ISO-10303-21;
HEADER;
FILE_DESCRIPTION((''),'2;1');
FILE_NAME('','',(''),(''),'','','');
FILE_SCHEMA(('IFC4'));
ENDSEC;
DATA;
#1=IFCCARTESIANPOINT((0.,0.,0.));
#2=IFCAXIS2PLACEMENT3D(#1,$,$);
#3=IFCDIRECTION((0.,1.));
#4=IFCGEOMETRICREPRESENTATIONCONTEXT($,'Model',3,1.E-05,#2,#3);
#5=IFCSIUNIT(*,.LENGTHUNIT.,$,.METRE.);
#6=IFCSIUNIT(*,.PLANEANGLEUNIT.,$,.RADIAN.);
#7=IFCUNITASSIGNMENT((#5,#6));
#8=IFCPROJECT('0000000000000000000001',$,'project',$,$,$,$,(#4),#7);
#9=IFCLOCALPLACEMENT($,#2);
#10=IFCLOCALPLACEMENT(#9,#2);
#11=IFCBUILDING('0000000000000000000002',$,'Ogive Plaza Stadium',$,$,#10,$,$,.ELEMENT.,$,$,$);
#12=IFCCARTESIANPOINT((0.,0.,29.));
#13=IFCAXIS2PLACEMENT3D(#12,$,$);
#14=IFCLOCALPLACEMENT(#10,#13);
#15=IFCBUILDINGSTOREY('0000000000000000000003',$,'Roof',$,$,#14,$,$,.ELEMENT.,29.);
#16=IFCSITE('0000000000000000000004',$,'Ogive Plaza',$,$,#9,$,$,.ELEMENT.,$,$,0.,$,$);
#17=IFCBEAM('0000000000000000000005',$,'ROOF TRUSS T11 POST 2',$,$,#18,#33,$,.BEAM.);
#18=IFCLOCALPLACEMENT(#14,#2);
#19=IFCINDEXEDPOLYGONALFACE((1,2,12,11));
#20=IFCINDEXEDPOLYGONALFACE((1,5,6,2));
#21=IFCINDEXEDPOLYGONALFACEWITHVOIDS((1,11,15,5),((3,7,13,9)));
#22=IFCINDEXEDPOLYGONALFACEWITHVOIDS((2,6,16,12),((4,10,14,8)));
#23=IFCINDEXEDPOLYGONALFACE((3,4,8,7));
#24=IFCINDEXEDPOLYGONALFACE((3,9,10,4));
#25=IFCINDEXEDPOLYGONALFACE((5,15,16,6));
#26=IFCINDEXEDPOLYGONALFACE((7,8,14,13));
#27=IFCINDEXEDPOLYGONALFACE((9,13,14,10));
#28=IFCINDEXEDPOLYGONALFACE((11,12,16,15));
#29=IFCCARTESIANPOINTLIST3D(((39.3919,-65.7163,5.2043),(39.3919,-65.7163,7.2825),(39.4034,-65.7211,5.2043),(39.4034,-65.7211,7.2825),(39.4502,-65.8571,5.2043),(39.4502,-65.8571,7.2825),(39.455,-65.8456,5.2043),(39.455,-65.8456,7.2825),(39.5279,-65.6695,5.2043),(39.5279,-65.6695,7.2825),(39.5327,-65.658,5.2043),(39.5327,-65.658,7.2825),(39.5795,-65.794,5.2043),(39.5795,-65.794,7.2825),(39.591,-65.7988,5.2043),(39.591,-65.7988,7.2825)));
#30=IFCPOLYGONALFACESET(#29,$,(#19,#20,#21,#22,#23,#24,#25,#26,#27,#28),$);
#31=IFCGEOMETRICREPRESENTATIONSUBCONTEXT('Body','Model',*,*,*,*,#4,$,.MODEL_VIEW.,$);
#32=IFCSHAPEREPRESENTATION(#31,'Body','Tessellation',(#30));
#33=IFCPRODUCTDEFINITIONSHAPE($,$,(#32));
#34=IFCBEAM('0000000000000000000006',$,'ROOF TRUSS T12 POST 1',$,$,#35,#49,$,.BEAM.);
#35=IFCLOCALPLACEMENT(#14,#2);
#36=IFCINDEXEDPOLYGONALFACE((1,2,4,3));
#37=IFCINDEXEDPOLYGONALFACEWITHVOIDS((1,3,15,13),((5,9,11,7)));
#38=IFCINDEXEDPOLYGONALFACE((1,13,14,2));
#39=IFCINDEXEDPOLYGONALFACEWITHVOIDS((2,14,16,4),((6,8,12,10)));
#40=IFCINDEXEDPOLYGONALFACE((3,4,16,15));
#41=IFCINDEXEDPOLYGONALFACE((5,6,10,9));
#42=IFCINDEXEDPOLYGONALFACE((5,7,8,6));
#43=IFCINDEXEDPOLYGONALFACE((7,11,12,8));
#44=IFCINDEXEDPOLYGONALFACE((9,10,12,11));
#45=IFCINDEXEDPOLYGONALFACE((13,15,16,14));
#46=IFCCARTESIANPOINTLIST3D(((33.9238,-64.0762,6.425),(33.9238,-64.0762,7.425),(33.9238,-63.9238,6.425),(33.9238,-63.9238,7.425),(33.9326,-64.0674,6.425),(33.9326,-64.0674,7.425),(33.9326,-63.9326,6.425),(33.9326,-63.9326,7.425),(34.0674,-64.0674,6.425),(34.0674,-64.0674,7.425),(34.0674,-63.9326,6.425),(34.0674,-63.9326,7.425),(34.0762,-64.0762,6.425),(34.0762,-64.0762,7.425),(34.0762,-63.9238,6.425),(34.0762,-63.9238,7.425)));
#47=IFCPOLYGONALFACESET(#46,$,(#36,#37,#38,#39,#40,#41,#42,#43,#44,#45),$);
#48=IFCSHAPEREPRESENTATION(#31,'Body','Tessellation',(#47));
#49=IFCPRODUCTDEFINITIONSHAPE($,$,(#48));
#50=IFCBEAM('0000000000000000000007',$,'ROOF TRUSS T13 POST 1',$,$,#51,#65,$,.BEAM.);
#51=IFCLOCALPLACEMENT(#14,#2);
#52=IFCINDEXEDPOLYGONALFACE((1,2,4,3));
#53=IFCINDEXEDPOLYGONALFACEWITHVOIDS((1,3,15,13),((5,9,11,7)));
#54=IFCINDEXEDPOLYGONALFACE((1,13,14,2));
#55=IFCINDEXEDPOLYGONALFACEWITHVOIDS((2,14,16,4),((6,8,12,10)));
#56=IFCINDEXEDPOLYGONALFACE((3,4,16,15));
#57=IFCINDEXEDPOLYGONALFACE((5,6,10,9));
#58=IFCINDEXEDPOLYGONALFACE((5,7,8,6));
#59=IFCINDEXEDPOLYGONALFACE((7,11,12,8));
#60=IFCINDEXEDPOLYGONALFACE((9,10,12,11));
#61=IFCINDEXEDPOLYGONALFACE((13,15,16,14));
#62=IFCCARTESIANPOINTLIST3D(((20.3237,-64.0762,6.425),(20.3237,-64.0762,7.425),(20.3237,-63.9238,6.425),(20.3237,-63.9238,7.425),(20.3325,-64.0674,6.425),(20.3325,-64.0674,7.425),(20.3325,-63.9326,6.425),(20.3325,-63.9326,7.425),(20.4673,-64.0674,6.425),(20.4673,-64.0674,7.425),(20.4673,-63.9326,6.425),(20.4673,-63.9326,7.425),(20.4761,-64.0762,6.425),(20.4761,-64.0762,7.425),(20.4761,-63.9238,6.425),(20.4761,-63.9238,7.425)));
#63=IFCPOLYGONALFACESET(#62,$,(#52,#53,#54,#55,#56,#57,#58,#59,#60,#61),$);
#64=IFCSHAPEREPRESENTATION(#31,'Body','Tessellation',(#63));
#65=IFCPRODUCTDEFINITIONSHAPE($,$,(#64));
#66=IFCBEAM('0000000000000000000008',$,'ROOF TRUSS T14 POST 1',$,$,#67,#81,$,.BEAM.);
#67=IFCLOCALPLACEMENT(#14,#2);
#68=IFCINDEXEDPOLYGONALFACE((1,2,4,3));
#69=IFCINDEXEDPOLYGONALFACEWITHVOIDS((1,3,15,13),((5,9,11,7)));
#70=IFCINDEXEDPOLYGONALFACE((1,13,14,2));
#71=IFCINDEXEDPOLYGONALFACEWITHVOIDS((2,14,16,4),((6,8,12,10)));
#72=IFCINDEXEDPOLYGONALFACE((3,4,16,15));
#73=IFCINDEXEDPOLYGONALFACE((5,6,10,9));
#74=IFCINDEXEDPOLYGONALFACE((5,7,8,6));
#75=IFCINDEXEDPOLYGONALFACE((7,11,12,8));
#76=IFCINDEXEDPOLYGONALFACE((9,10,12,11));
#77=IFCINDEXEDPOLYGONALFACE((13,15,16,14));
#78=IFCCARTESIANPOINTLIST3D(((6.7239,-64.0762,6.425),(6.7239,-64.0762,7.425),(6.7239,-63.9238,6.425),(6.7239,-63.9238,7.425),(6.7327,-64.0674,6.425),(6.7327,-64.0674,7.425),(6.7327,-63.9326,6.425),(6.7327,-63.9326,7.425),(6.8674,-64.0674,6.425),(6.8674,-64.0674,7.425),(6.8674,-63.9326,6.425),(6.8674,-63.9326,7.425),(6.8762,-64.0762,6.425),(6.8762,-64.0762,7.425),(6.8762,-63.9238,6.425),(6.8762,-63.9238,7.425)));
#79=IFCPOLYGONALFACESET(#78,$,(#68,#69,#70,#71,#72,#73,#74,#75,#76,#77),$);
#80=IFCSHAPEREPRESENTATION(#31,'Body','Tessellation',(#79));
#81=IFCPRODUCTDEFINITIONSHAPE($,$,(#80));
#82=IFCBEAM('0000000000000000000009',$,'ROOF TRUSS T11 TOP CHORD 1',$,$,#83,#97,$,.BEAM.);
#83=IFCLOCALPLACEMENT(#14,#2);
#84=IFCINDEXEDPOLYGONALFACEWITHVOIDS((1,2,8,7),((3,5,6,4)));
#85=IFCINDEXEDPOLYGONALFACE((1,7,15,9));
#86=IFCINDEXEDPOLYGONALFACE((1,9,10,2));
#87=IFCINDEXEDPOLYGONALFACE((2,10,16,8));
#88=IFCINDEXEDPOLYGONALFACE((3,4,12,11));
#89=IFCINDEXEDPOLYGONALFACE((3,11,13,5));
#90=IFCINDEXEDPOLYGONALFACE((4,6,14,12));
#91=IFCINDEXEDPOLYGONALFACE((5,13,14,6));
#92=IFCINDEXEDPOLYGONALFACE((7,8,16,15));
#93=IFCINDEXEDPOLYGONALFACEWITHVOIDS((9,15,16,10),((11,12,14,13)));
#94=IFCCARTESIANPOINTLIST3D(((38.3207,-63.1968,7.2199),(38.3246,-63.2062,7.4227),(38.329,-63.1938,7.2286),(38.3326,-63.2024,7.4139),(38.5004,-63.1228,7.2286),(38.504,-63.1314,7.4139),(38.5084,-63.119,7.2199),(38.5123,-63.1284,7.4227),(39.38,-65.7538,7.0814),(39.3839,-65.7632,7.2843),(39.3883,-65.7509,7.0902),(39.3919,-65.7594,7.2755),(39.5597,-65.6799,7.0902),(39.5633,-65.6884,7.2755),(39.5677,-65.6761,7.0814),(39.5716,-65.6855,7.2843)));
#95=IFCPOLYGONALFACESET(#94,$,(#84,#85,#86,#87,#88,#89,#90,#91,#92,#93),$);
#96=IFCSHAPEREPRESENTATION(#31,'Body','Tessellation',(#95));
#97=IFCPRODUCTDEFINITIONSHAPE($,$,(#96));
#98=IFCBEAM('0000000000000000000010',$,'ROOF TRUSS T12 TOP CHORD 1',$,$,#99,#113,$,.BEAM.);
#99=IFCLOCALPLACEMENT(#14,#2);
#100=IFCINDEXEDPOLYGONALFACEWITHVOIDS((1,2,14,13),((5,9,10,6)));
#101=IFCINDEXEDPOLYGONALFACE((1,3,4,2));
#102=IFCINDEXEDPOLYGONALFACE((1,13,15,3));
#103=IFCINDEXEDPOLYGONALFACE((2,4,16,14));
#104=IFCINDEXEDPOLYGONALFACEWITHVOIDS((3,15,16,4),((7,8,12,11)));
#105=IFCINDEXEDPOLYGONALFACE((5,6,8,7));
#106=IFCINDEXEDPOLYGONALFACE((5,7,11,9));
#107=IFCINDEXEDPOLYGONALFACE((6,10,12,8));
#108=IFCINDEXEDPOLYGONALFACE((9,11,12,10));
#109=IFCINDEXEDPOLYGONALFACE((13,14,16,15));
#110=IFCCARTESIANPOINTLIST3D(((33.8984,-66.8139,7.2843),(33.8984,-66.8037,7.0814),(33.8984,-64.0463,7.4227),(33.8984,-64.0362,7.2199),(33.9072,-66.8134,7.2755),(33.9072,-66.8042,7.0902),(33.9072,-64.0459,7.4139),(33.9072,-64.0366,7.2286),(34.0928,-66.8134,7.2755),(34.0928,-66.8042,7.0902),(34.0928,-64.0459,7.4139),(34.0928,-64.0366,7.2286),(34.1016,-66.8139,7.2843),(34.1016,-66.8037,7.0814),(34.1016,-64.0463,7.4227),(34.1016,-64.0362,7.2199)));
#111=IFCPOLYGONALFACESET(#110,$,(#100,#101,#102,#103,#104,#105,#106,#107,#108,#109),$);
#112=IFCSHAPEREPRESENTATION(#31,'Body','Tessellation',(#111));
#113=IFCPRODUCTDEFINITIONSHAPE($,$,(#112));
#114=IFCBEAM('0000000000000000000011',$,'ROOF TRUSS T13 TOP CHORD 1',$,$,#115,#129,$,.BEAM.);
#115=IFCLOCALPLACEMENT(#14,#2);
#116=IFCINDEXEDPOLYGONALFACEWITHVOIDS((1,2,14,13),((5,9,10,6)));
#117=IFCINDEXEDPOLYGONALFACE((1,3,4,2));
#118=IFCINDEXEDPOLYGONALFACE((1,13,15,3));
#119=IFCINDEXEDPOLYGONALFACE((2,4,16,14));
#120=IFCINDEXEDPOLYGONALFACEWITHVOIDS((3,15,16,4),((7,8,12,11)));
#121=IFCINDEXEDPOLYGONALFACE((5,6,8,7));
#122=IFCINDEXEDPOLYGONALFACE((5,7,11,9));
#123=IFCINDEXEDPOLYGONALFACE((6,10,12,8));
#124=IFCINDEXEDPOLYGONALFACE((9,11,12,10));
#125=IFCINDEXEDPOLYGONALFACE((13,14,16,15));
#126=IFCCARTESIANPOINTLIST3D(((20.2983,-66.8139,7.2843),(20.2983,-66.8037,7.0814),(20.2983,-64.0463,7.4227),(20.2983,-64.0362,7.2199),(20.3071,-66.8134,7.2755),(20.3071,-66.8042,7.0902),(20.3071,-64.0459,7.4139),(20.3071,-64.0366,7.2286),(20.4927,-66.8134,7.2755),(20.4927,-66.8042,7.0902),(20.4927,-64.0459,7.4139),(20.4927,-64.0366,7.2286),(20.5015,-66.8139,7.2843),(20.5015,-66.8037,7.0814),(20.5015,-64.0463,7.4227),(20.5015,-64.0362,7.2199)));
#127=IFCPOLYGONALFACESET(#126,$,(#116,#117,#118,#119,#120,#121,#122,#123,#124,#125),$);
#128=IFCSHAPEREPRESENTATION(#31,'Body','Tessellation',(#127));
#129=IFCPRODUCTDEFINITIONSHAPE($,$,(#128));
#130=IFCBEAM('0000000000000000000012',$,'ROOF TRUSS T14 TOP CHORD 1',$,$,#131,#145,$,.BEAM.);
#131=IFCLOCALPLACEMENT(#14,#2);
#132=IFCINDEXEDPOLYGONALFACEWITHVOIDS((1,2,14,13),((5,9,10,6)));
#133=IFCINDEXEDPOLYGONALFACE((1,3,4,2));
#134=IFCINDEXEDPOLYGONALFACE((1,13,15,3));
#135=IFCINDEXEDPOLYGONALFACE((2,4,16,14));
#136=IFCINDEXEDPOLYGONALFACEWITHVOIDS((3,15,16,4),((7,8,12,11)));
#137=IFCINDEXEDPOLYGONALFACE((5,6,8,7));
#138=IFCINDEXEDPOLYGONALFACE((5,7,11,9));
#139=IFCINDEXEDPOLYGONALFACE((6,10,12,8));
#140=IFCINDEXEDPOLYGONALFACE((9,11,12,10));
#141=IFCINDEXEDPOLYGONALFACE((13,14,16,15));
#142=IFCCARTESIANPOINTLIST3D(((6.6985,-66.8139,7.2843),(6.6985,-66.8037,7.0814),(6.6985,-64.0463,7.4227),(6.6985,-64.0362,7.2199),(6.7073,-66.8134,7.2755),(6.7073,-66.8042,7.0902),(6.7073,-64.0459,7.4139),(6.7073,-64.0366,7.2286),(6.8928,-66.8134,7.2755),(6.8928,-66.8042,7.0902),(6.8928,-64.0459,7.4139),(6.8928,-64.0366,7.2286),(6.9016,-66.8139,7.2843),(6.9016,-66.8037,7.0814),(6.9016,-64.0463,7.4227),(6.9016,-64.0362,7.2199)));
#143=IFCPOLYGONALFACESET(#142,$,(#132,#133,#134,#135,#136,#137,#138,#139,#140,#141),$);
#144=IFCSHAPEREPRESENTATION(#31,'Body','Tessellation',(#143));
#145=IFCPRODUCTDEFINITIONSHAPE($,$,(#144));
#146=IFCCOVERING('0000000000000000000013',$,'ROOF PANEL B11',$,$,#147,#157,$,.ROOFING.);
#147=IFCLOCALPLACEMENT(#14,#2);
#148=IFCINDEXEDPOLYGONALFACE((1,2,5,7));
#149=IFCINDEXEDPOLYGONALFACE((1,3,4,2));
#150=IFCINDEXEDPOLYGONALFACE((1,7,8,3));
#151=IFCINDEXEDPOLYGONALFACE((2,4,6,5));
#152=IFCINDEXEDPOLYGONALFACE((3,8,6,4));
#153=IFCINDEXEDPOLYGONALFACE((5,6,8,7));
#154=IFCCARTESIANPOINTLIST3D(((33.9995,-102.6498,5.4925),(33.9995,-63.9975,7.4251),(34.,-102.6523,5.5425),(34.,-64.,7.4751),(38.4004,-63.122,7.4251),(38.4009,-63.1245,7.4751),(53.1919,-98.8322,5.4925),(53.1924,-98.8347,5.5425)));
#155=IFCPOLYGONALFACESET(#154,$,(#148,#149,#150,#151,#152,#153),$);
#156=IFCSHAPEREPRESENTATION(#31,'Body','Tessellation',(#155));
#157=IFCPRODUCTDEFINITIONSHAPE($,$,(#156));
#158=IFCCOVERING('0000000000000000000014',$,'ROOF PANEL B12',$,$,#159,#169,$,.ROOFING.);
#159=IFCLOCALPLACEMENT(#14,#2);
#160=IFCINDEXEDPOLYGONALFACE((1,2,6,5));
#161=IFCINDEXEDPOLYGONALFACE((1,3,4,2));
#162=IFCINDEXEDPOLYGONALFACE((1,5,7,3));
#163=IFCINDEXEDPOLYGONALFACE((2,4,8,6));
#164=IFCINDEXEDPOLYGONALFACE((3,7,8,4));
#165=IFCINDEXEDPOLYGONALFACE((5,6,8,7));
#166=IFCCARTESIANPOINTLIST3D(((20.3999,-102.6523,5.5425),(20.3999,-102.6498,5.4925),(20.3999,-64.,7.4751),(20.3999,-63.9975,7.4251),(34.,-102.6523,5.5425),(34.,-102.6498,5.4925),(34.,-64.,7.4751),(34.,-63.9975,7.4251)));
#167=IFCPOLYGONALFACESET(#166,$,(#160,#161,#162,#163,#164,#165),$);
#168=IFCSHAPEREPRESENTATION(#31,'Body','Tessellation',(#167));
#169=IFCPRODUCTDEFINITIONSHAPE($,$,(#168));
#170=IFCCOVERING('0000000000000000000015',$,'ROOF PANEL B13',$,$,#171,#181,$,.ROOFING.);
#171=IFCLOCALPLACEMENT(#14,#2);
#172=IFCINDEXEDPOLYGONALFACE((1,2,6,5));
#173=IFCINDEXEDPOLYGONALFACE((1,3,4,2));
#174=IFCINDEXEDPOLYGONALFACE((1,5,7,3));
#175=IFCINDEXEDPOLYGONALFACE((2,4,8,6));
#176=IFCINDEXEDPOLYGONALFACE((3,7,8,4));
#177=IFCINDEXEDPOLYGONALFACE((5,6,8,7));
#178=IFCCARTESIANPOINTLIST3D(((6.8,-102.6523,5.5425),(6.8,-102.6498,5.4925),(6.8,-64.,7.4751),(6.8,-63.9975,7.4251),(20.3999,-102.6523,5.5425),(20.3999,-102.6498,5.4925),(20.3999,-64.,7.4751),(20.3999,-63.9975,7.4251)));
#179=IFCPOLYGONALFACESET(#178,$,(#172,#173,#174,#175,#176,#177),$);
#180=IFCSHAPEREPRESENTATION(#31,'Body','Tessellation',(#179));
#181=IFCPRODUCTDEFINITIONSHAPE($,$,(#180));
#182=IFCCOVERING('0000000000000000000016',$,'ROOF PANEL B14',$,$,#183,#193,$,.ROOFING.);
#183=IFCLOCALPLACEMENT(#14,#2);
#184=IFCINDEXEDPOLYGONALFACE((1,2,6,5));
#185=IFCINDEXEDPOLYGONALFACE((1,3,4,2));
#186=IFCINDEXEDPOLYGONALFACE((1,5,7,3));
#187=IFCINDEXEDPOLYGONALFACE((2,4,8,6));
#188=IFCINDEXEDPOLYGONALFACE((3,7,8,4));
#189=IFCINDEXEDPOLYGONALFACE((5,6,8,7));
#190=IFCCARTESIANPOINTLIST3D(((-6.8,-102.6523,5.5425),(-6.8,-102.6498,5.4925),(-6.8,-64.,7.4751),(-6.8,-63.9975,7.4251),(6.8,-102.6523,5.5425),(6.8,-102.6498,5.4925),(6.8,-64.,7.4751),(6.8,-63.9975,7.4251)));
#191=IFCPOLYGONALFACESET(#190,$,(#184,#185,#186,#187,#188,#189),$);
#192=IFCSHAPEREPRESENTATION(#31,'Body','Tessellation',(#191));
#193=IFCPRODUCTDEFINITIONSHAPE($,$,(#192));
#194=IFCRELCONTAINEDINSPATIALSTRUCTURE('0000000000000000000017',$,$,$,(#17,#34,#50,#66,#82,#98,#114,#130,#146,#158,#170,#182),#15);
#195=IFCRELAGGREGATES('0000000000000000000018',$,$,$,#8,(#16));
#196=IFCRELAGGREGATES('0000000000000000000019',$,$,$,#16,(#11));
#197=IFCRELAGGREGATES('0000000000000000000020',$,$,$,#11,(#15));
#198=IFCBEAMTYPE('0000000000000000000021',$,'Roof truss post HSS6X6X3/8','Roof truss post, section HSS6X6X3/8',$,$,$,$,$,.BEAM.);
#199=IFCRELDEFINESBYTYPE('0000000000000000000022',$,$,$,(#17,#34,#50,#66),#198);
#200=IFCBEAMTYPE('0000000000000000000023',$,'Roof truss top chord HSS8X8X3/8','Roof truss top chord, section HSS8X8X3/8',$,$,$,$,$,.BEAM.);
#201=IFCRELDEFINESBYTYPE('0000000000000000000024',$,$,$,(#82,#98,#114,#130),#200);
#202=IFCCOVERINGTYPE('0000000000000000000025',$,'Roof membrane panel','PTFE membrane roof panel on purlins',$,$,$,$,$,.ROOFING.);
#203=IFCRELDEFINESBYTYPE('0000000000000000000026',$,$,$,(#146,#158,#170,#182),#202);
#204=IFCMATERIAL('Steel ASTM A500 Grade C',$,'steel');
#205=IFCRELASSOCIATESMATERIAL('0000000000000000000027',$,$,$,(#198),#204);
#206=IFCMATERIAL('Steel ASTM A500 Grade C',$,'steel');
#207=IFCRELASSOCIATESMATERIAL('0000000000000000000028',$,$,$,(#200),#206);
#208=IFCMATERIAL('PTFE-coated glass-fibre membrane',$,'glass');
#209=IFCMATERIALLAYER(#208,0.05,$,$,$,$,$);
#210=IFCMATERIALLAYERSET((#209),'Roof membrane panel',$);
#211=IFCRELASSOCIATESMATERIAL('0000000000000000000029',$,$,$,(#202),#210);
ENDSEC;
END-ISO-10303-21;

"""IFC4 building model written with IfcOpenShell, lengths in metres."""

from ifc_helpers import new_model, si_unit, direction, frame, origin, origin_2d, place, context, subcontext, project, spatial, polyline, hollow_rectangle, outline, extrude, material, layer, layer_set, material_profile, profile_set, type_object, element, save


model = new_model("IFC4")

# Units and contexts
model_context = context("Model", 3, precision=1e-05, world=origin(), true_north=direction((0.0, 1.0)))
body_context = subcontext(model_context, "Body", "Model", "MODEL_VIEW")
ifc_project = project(units=[si_unit("LENGTHUNIT", "METRE"), si_unit("PLANEANGLEUNIT", "RADIAN")], contexts=[model_context])

# Site, building, storey
site_placement = place(None, origin())
site = spatial("IfcSite", under=ifc_project, at=site_placement, Name="Ogive Plaza", CompositionType="ELEMENT", RefElevation=0.0)
building_placement = place(site_placement, origin())
building = spatial("IfcBuilding", under=site, at=building_placement, Name="Ogive Plaza Stadium", CompositionType="ELEMENT")
storey_placement = place(building_placement, frame((0.0, 0.0, 29.0)))
storey = spatial("IfcBuildingStorey", under=building, at=storey_placement, Name="Roof", CompositionType="ELEMENT", Elevation=29.0)

# Beams
ifc_material_1 = material(Name="Steel ASTM A500 Grade C", Category="steel")
ifc_material_profile_1 = material_profile(ifc_material_1, hollow_rectangle(XDim=0.1523, YDim=0.1523, WallThickness=0.0088, at=origin_2d()), Name="HSS6X6X3/8")
ifc_profile_set_1 = profile_set([ifc_material_profile_1], Name="Steel ASTM A500 Grade C")
beam_type_1 = type_object("IfcBeamType", Name="Roof truss post HSS6X6X3/8", Description="Roof truss post, section HSS6X6X3/8", PredefinedType="BEAM", material=ifc_profile_set_1)
beam_1_placement = place(storey_placement, frame((39.4915, -65.7576, 5.2043), z_axis=(0.0, 0.0, 1.0), x_axis=(0.92388, 0.382683, 0.0)))
element("IfcBeam", 1, at=beam_1_placement, inside=storey, type_object=beam_type_1, Name="ROOF TRUSS T11 POST 2", PredefinedType="BEAM", context=body_context, shape_type="SweptSolid", body=[
    extrude(hollow_rectangle(XDim=0.1523, YDim=0.1523, WallThickness=0.0088, at=origin_2d()), origin(), (0.0, 0.0, 1.0), 2.0781),
])
for number, where, z_axis, x_axis, name in (
    (2, (34.0, -64.0, 6.425), (0.0, 0.0, 1.0), (1.0, 0.0, 0.0), "ROOF TRUSS T12 POST 1"),
    (3, (20.3999, -64.0, 6.425), (0.0, 0.0, 1.0), (1.0, 0.0, 0.0), "ROOF TRUSS T13 POST 1"),
    (4, (6.8, -64.0, 6.425), (0.0, 0.0, 1.0), (1.0, 0.0, 0.0), "ROOF TRUSS T14 POST 1"),
):
    element("IfcBeam", number, at=place(storey_placement, frame(where, z_axis=z_axis, x_axis=x_axis)), inside=storey, type_object=beam_type_1, Name=name, PredefinedType="BEAM", context=body_context, shape_type="SweptSolid", body=[
        extrude(hollow_rectangle(XDim=0.1523, YDim=0.1523, WallThickness=0.0088, at=origin_2d()), origin(), (0.0, 0.0, 1.0), 1.0),
    ])
ifc_material_2 = material(Name="Steel ASTM A500 Grade C", Category="steel")
ifc_material_profile_2 = material_profile(ifc_material_2, hollow_rectangle(XDim=0.2031, YDim=0.2031, WallThickness=0.0088, at=origin_2d()), Name="HSS8X8X3/8")
ifc_profile_set_2 = profile_set([ifc_material_profile_2], Name="Steel ASTM A500 Grade C")
beam_type_2 = type_object("IfcBeamType", Name="Roof truss top chord HSS8X8X3/8", Description="Roof truss top chord, section HSS8X8X3/8", PredefinedType="BEAM", material=ifc_profile_set_2)
beam_2_placement = place(storey_placement, frame((38.4165, -63.1626, 7.3213), z_axis=(0.382245, -0.92271, -0.04995), x_axis=(0.923863, 0.382723, 0.0)))
element("IfcBeam", 5, at=beam_2_placement, inside=storey, type_object=beam_type_2, Name="ROOF TRUSS T11 TOP CHORD 1", PredefinedType="BEAM", context=body_context, shape_type="SweptSolid", body=[
    extrude(hollow_rectangle(XDim=0.2031, YDim=0.2031, WallThickness=0.0088, at=origin_2d()), origin(), (0.0, 0.0, 1.0), 2.7712),
])
for number, where, z_axis, x_axis, name in (
    (6, (34.0, -64.0413, 7.3213), (0.0, -0.998751, -0.049955), (1.0, 0.0, 0.0), "ROOF TRUSS T12 TOP CHORD 1"),
    (7, (20.3999, -64.0413, 7.3213), (0.0, -0.998751, -0.049955), (1.0, 0.0, 0.0), "ROOF TRUSS T13 TOP CHORD 1"),
    (8, (6.8, -64.0413, 7.3213), (0.0, -0.998751, -0.049955), (1.0, 0.0, 0.0), "ROOF TRUSS T14 TOP CHORD 1"),
):
    element("IfcBeam", number, at=place(storey_placement, frame(where, z_axis=z_axis, x_axis=x_axis)), inside=storey, type_object=beam_type_2, Name=name, PredefinedType="BEAM", context=body_context, shape_type="SweptSolid", body=[
        extrude(hollow_rectangle(XDim=0.2031, YDim=0.2031, WallThickness=0.0088, at=origin_2d()), origin(), (0.0, 0.0, 1.0), 2.771),
    ])

# Coverings
ifc_material_3 = material(Name="PTFE-coated glass-fibre membrane", Category="glass")
ifc_layer_1 = layer(ifc_material_3, 0.05)
ifc_layer_set_1 = layer_set([ifc_layer_1], Name="Roof membrane panel")
covering_type = type_object("IfcCoveringType", Name="Roof membrane panel", Description="PTFE membrane roof panel on purlins", PredefinedType="ROOFING", material=ifc_layer_set_1)
covering_1_placement = place(storey_placement, frame((38.4009, -63.1245, 7.4751), z_axis=(0.009933, -0.049935, 0.998703), x_axis=(0.382203, -0.922728, -0.049938)))
element("IfcCovering", 9, at=covering_1_placement, inside=storey, type_object=covering_type, Name="ROOF PANEL B11", PredefinedType="ROOFING", context=body_context, shape_type="SweptSolid", body=[
    extrude(outline(polyline([(0.0, 0.0), (38.7007, 0.0), (34.8879, -19.1934), (-0.8742, -4.4011), (0.0, 0.0)])), origin(), (0.0, 0.0, -1.0), 0.05),
])
covering_2_placement = place(storey_placement, frame((34.0, -64.0, 7.4751), z_axis=(0.0, -0.049938, 0.998752), x_axis=(0.0, -0.998752, -0.049938)))
element("IfcCovering", 10, at=covering_2_placement, inside=storey, type_object=covering_type, Name="ROOF PANEL B12", PredefinedType="ROOFING", context=body_context, shape_type="SweptSolid", body=[
    extrude(outline(polyline([(0.0, 0.0), (38.7006, 0.0), (38.7006, -13.6001), (0.0, -13.6001), (0.0, 0.0)])), origin(), (0.0, 0.0, -1.0), 0.05),
])
covering_3_placement = place(storey_placement, frame((20.3999, -64.0, 7.4751), z_axis=(0.0, -0.049938, 0.998752), x_axis=(0.0, -0.998752, -0.049938)))
element("IfcCovering", 11, at=covering_3_placement, inside=storey, type_object=covering_type, Name="ROOF PANEL B13", PredefinedType="ROOFING", context=body_context, shape_type="SweptSolid", body=[
    extrude(outline(polyline([(0.0, 0.0), (38.7006, 0.0), (38.7006, -13.5999), (0.0, -13.5999), (0.0, 0.0)])), origin(), (0.0, 0.0, -1.0), 0.05),
])
covering_4_placement = place(storey_placement, frame((6.8, -64.0, 7.4751), z_axis=(0.0, -0.049938, 0.998752), x_axis=(0.0, -0.998752, -0.049938)))
element("IfcCovering", 12, at=covering_4_placement, inside=storey, type_object=covering_type, Name="ROOF PANEL B14", PredefinedType="ROOFING", context=body_context, shape_type="SweptSolid", body=[
    extrude(outline(polyline([(0.0, 0.0), (38.7006, 0.0), (38.7006, -13.6001), (0.0, -13.6001), (0.0, 0.0)])), origin(), (0.0, 0.0, -1.0), 0.05),
])

save(model, "model.ifc")
